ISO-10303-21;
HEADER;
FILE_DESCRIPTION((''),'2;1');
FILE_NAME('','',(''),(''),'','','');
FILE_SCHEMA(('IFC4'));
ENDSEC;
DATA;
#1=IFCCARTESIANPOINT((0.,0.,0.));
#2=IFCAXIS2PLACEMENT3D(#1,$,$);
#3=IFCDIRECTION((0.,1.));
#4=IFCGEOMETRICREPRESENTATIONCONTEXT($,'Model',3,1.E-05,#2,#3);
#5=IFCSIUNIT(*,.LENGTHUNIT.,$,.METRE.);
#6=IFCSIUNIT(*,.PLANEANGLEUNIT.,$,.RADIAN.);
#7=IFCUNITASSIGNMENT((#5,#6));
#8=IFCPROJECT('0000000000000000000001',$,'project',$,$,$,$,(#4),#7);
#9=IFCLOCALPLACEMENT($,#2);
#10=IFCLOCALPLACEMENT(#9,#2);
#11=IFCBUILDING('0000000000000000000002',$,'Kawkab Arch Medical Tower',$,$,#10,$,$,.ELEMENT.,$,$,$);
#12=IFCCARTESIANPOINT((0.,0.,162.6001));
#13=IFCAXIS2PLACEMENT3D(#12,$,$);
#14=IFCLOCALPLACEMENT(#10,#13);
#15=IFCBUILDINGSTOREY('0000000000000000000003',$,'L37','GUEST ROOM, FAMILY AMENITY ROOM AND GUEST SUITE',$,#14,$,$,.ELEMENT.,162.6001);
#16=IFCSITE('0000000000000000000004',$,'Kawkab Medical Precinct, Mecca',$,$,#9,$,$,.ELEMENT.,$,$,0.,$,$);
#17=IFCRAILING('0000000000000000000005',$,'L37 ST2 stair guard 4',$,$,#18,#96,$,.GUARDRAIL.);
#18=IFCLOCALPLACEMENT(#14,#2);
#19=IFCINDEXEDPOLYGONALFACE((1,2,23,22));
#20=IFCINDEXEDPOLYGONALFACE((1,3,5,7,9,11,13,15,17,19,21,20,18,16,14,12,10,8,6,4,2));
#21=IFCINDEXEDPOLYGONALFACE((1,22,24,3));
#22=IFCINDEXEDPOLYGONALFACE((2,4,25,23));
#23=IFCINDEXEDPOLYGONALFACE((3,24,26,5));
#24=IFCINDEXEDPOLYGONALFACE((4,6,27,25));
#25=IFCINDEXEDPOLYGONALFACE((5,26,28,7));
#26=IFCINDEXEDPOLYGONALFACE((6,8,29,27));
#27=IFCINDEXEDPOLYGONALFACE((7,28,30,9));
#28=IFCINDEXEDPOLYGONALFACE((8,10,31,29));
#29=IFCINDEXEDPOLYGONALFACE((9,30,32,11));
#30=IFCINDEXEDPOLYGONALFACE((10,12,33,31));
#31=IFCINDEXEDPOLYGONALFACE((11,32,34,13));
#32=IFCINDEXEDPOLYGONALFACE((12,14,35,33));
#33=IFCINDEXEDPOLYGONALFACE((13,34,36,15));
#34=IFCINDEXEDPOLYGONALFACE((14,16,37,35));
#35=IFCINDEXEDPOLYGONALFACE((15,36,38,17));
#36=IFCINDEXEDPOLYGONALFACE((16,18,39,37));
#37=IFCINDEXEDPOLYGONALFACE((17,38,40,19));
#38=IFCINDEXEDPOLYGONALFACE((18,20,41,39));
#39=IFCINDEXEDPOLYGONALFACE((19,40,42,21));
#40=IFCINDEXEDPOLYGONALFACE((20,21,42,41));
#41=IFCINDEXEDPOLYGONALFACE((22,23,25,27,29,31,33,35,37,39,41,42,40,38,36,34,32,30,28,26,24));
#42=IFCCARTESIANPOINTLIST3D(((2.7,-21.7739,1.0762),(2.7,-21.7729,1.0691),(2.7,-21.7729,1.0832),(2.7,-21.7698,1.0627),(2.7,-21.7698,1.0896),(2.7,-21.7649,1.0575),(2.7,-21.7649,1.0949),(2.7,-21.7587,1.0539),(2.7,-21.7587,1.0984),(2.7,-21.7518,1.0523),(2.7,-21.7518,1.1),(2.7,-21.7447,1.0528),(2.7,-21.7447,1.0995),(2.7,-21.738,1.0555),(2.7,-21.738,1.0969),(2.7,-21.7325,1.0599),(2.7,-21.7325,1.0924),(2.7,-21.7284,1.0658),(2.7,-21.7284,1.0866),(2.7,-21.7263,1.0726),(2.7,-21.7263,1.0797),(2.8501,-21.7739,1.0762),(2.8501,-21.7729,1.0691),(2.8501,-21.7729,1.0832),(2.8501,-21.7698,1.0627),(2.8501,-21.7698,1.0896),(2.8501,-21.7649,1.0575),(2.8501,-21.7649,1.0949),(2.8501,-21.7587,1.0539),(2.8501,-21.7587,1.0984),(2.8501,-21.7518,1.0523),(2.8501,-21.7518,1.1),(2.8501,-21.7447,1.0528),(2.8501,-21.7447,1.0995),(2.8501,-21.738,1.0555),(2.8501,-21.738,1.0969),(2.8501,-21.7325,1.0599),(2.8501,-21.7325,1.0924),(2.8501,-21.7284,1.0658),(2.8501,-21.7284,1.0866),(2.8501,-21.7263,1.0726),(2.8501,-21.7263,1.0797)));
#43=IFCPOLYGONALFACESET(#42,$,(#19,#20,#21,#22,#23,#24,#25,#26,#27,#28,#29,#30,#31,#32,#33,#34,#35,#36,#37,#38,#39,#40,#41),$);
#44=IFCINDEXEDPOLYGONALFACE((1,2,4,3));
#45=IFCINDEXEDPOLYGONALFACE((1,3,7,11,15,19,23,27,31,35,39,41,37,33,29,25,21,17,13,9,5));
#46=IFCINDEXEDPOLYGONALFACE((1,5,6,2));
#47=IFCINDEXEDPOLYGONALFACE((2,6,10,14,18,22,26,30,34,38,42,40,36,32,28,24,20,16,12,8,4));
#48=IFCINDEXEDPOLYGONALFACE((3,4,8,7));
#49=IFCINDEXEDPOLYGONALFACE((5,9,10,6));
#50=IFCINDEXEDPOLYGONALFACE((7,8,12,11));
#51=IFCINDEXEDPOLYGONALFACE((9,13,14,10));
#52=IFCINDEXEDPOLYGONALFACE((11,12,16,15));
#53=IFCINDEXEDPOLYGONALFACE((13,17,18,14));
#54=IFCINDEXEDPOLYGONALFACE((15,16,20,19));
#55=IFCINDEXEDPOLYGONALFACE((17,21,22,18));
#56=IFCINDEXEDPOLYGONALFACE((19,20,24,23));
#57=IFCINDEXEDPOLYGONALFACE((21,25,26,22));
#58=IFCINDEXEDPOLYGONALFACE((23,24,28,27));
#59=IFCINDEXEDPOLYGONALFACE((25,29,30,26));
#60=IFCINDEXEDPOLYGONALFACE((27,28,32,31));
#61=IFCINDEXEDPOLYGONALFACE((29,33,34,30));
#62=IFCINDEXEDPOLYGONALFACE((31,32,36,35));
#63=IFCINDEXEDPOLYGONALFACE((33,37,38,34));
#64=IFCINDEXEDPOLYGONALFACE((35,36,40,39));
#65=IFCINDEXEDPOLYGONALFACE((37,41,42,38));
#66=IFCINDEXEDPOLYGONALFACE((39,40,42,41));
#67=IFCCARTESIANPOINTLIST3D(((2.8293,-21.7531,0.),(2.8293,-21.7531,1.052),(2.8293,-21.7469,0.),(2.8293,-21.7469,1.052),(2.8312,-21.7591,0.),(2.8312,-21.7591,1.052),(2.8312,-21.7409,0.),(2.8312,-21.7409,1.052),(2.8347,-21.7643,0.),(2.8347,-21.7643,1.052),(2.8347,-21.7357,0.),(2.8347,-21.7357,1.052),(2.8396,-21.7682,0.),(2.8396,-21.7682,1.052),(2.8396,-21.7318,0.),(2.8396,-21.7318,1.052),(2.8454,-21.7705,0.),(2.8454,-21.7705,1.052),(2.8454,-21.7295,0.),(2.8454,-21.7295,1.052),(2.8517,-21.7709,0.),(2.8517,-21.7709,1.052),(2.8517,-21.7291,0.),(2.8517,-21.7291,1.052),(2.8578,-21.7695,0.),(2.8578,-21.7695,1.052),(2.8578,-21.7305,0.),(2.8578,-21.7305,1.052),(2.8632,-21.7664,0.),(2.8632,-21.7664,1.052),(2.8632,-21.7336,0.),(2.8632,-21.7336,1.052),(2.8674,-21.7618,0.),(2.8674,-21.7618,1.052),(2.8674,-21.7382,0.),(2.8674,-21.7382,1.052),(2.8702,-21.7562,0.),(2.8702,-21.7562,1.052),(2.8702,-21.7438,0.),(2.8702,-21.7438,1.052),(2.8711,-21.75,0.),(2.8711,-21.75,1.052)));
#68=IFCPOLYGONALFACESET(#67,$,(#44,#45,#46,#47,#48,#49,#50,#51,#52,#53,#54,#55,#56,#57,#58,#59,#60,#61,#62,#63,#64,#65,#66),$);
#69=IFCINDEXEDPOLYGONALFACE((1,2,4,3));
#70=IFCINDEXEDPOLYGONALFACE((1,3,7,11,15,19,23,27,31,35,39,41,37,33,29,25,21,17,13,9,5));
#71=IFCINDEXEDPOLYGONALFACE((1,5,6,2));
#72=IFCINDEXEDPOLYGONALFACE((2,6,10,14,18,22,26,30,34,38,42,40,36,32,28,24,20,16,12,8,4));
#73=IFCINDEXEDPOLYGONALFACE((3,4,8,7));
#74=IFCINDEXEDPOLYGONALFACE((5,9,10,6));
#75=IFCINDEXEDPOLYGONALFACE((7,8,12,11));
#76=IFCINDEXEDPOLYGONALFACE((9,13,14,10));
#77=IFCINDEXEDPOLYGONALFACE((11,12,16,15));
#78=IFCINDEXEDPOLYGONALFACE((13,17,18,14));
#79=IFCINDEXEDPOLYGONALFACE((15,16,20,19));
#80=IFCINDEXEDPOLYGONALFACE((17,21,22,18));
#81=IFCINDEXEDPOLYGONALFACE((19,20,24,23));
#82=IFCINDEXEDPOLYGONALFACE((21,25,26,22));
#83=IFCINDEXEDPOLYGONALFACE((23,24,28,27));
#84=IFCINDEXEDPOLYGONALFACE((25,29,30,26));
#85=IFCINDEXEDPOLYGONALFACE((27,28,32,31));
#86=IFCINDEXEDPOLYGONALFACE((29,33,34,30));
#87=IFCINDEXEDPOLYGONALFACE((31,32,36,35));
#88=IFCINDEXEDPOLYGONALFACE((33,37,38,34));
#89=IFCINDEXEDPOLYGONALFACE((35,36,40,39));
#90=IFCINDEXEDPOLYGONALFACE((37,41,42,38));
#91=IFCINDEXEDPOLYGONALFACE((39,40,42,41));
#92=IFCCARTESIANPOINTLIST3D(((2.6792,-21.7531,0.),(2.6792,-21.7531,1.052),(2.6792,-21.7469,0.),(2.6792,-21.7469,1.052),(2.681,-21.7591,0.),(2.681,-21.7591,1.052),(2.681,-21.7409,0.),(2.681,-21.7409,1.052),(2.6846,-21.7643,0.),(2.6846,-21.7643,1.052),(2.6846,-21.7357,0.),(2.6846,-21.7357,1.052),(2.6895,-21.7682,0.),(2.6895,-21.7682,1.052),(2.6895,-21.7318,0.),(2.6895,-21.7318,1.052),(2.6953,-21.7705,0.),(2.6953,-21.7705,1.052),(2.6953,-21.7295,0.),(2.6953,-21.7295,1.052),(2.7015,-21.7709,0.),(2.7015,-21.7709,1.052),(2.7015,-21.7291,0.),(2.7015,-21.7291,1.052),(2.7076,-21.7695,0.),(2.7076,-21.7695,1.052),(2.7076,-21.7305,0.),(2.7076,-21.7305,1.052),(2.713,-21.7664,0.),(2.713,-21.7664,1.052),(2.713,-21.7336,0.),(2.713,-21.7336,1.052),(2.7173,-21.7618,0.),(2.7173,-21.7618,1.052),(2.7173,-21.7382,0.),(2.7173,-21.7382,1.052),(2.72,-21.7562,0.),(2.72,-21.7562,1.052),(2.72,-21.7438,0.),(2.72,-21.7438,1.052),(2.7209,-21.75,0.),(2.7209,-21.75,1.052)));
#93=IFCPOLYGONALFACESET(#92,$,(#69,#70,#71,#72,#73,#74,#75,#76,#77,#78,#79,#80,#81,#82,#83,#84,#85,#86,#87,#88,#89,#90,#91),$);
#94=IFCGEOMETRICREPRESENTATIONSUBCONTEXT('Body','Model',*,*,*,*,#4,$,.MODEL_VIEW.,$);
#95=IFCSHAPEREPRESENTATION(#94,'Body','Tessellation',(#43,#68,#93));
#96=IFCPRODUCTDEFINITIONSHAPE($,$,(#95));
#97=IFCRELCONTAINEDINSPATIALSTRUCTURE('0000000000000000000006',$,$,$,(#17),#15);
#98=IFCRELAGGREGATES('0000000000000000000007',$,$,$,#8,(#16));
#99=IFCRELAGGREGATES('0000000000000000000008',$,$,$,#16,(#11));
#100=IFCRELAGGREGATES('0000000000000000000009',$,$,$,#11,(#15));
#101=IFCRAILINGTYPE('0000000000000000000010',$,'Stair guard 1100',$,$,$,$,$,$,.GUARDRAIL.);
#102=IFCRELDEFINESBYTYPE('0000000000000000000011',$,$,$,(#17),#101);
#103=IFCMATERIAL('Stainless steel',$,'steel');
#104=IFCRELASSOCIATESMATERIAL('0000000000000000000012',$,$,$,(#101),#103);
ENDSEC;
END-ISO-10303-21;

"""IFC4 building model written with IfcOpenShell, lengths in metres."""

from ifc_helpers import new_model, si_unit, direction, frame, origin, origin_2d, place, context, subcontext, project, spatial, circle, extrude, material, type_object, element, save


model = new_model("IFC4")

# Units and contexts
model_context = context("Model", 3, precision=1e-05, world=origin(), true_north=direction((0.0, 1.0)))
body_context = subcontext(model_context, "Body", "Model", "MODEL_VIEW")
ifc_project = project(units=[si_unit("LENGTHUNIT", "METRE"), si_unit("PLANEANGLEUNIT", "RADIAN")], contexts=[model_context])

# Site, building, storey
site_placement = place(None, origin())
site = spatial("IfcSite", under=ifc_project, at=site_placement, Name="Kawkab Medical Precinct, Mecca", CompositionType="ELEMENT", RefElevation=0.0)
building_placement = place(site_placement, origin())
building = spatial("IfcBuilding", under=site, at=building_placement, Name="Kawkab Arch Medical Tower", CompositionType="ELEMENT")
storey_placement = place(building_placement, frame((0.0, 0.0, 162.6001)))
storey = spatial("IfcBuildingStorey", under=building, at=storey_placement, Name="L37", Description="GUEST ROOM, FAMILY AMENITY ROOM AND GUEST SUITE", CompositionType="ELEMENT", Elevation=162.6001)

# Railing
ifc_material_1 = material(Name="Stainless steel", Category="steel")
railing_type = type_object("IfcRailingType", Name="Stair guard 1100", PredefinedType="GUARDRAIL", material=ifc_material_1)
railing_1_placement = place(storey_placement, frame((2.8501, -21.75, 0.0)))
element("IfcRailing", 1, at=railing_1_placement, inside=storey, type_object=railing_type, Name="L37 ST2 stair guard 4", PredefinedType="GUARDRAIL", context=body_context, shape_type="SweptSolid", body=[
    extrude(circle(Radius=0.0239, at=origin_2d()), frame((0.0, 0.0, 1.0762), z_axis=(-1.0, 0.0, 0.0), x_axis=(0.0, -1.0, 0.0)), (0.0, 0.0, 1.0), 0.1501),
    extrude(circle(Radius=0.021, at=origin_2d()), origin(), (0.0, 0.0, 1.0), 1.052),
    extrude(circle(Radius=0.021, at=origin_2d()), frame((-0.1501, 0.0, 0.0)), (0.0, 0.0, 1.0), 1.052),
])

save(model, "model.ifc")
